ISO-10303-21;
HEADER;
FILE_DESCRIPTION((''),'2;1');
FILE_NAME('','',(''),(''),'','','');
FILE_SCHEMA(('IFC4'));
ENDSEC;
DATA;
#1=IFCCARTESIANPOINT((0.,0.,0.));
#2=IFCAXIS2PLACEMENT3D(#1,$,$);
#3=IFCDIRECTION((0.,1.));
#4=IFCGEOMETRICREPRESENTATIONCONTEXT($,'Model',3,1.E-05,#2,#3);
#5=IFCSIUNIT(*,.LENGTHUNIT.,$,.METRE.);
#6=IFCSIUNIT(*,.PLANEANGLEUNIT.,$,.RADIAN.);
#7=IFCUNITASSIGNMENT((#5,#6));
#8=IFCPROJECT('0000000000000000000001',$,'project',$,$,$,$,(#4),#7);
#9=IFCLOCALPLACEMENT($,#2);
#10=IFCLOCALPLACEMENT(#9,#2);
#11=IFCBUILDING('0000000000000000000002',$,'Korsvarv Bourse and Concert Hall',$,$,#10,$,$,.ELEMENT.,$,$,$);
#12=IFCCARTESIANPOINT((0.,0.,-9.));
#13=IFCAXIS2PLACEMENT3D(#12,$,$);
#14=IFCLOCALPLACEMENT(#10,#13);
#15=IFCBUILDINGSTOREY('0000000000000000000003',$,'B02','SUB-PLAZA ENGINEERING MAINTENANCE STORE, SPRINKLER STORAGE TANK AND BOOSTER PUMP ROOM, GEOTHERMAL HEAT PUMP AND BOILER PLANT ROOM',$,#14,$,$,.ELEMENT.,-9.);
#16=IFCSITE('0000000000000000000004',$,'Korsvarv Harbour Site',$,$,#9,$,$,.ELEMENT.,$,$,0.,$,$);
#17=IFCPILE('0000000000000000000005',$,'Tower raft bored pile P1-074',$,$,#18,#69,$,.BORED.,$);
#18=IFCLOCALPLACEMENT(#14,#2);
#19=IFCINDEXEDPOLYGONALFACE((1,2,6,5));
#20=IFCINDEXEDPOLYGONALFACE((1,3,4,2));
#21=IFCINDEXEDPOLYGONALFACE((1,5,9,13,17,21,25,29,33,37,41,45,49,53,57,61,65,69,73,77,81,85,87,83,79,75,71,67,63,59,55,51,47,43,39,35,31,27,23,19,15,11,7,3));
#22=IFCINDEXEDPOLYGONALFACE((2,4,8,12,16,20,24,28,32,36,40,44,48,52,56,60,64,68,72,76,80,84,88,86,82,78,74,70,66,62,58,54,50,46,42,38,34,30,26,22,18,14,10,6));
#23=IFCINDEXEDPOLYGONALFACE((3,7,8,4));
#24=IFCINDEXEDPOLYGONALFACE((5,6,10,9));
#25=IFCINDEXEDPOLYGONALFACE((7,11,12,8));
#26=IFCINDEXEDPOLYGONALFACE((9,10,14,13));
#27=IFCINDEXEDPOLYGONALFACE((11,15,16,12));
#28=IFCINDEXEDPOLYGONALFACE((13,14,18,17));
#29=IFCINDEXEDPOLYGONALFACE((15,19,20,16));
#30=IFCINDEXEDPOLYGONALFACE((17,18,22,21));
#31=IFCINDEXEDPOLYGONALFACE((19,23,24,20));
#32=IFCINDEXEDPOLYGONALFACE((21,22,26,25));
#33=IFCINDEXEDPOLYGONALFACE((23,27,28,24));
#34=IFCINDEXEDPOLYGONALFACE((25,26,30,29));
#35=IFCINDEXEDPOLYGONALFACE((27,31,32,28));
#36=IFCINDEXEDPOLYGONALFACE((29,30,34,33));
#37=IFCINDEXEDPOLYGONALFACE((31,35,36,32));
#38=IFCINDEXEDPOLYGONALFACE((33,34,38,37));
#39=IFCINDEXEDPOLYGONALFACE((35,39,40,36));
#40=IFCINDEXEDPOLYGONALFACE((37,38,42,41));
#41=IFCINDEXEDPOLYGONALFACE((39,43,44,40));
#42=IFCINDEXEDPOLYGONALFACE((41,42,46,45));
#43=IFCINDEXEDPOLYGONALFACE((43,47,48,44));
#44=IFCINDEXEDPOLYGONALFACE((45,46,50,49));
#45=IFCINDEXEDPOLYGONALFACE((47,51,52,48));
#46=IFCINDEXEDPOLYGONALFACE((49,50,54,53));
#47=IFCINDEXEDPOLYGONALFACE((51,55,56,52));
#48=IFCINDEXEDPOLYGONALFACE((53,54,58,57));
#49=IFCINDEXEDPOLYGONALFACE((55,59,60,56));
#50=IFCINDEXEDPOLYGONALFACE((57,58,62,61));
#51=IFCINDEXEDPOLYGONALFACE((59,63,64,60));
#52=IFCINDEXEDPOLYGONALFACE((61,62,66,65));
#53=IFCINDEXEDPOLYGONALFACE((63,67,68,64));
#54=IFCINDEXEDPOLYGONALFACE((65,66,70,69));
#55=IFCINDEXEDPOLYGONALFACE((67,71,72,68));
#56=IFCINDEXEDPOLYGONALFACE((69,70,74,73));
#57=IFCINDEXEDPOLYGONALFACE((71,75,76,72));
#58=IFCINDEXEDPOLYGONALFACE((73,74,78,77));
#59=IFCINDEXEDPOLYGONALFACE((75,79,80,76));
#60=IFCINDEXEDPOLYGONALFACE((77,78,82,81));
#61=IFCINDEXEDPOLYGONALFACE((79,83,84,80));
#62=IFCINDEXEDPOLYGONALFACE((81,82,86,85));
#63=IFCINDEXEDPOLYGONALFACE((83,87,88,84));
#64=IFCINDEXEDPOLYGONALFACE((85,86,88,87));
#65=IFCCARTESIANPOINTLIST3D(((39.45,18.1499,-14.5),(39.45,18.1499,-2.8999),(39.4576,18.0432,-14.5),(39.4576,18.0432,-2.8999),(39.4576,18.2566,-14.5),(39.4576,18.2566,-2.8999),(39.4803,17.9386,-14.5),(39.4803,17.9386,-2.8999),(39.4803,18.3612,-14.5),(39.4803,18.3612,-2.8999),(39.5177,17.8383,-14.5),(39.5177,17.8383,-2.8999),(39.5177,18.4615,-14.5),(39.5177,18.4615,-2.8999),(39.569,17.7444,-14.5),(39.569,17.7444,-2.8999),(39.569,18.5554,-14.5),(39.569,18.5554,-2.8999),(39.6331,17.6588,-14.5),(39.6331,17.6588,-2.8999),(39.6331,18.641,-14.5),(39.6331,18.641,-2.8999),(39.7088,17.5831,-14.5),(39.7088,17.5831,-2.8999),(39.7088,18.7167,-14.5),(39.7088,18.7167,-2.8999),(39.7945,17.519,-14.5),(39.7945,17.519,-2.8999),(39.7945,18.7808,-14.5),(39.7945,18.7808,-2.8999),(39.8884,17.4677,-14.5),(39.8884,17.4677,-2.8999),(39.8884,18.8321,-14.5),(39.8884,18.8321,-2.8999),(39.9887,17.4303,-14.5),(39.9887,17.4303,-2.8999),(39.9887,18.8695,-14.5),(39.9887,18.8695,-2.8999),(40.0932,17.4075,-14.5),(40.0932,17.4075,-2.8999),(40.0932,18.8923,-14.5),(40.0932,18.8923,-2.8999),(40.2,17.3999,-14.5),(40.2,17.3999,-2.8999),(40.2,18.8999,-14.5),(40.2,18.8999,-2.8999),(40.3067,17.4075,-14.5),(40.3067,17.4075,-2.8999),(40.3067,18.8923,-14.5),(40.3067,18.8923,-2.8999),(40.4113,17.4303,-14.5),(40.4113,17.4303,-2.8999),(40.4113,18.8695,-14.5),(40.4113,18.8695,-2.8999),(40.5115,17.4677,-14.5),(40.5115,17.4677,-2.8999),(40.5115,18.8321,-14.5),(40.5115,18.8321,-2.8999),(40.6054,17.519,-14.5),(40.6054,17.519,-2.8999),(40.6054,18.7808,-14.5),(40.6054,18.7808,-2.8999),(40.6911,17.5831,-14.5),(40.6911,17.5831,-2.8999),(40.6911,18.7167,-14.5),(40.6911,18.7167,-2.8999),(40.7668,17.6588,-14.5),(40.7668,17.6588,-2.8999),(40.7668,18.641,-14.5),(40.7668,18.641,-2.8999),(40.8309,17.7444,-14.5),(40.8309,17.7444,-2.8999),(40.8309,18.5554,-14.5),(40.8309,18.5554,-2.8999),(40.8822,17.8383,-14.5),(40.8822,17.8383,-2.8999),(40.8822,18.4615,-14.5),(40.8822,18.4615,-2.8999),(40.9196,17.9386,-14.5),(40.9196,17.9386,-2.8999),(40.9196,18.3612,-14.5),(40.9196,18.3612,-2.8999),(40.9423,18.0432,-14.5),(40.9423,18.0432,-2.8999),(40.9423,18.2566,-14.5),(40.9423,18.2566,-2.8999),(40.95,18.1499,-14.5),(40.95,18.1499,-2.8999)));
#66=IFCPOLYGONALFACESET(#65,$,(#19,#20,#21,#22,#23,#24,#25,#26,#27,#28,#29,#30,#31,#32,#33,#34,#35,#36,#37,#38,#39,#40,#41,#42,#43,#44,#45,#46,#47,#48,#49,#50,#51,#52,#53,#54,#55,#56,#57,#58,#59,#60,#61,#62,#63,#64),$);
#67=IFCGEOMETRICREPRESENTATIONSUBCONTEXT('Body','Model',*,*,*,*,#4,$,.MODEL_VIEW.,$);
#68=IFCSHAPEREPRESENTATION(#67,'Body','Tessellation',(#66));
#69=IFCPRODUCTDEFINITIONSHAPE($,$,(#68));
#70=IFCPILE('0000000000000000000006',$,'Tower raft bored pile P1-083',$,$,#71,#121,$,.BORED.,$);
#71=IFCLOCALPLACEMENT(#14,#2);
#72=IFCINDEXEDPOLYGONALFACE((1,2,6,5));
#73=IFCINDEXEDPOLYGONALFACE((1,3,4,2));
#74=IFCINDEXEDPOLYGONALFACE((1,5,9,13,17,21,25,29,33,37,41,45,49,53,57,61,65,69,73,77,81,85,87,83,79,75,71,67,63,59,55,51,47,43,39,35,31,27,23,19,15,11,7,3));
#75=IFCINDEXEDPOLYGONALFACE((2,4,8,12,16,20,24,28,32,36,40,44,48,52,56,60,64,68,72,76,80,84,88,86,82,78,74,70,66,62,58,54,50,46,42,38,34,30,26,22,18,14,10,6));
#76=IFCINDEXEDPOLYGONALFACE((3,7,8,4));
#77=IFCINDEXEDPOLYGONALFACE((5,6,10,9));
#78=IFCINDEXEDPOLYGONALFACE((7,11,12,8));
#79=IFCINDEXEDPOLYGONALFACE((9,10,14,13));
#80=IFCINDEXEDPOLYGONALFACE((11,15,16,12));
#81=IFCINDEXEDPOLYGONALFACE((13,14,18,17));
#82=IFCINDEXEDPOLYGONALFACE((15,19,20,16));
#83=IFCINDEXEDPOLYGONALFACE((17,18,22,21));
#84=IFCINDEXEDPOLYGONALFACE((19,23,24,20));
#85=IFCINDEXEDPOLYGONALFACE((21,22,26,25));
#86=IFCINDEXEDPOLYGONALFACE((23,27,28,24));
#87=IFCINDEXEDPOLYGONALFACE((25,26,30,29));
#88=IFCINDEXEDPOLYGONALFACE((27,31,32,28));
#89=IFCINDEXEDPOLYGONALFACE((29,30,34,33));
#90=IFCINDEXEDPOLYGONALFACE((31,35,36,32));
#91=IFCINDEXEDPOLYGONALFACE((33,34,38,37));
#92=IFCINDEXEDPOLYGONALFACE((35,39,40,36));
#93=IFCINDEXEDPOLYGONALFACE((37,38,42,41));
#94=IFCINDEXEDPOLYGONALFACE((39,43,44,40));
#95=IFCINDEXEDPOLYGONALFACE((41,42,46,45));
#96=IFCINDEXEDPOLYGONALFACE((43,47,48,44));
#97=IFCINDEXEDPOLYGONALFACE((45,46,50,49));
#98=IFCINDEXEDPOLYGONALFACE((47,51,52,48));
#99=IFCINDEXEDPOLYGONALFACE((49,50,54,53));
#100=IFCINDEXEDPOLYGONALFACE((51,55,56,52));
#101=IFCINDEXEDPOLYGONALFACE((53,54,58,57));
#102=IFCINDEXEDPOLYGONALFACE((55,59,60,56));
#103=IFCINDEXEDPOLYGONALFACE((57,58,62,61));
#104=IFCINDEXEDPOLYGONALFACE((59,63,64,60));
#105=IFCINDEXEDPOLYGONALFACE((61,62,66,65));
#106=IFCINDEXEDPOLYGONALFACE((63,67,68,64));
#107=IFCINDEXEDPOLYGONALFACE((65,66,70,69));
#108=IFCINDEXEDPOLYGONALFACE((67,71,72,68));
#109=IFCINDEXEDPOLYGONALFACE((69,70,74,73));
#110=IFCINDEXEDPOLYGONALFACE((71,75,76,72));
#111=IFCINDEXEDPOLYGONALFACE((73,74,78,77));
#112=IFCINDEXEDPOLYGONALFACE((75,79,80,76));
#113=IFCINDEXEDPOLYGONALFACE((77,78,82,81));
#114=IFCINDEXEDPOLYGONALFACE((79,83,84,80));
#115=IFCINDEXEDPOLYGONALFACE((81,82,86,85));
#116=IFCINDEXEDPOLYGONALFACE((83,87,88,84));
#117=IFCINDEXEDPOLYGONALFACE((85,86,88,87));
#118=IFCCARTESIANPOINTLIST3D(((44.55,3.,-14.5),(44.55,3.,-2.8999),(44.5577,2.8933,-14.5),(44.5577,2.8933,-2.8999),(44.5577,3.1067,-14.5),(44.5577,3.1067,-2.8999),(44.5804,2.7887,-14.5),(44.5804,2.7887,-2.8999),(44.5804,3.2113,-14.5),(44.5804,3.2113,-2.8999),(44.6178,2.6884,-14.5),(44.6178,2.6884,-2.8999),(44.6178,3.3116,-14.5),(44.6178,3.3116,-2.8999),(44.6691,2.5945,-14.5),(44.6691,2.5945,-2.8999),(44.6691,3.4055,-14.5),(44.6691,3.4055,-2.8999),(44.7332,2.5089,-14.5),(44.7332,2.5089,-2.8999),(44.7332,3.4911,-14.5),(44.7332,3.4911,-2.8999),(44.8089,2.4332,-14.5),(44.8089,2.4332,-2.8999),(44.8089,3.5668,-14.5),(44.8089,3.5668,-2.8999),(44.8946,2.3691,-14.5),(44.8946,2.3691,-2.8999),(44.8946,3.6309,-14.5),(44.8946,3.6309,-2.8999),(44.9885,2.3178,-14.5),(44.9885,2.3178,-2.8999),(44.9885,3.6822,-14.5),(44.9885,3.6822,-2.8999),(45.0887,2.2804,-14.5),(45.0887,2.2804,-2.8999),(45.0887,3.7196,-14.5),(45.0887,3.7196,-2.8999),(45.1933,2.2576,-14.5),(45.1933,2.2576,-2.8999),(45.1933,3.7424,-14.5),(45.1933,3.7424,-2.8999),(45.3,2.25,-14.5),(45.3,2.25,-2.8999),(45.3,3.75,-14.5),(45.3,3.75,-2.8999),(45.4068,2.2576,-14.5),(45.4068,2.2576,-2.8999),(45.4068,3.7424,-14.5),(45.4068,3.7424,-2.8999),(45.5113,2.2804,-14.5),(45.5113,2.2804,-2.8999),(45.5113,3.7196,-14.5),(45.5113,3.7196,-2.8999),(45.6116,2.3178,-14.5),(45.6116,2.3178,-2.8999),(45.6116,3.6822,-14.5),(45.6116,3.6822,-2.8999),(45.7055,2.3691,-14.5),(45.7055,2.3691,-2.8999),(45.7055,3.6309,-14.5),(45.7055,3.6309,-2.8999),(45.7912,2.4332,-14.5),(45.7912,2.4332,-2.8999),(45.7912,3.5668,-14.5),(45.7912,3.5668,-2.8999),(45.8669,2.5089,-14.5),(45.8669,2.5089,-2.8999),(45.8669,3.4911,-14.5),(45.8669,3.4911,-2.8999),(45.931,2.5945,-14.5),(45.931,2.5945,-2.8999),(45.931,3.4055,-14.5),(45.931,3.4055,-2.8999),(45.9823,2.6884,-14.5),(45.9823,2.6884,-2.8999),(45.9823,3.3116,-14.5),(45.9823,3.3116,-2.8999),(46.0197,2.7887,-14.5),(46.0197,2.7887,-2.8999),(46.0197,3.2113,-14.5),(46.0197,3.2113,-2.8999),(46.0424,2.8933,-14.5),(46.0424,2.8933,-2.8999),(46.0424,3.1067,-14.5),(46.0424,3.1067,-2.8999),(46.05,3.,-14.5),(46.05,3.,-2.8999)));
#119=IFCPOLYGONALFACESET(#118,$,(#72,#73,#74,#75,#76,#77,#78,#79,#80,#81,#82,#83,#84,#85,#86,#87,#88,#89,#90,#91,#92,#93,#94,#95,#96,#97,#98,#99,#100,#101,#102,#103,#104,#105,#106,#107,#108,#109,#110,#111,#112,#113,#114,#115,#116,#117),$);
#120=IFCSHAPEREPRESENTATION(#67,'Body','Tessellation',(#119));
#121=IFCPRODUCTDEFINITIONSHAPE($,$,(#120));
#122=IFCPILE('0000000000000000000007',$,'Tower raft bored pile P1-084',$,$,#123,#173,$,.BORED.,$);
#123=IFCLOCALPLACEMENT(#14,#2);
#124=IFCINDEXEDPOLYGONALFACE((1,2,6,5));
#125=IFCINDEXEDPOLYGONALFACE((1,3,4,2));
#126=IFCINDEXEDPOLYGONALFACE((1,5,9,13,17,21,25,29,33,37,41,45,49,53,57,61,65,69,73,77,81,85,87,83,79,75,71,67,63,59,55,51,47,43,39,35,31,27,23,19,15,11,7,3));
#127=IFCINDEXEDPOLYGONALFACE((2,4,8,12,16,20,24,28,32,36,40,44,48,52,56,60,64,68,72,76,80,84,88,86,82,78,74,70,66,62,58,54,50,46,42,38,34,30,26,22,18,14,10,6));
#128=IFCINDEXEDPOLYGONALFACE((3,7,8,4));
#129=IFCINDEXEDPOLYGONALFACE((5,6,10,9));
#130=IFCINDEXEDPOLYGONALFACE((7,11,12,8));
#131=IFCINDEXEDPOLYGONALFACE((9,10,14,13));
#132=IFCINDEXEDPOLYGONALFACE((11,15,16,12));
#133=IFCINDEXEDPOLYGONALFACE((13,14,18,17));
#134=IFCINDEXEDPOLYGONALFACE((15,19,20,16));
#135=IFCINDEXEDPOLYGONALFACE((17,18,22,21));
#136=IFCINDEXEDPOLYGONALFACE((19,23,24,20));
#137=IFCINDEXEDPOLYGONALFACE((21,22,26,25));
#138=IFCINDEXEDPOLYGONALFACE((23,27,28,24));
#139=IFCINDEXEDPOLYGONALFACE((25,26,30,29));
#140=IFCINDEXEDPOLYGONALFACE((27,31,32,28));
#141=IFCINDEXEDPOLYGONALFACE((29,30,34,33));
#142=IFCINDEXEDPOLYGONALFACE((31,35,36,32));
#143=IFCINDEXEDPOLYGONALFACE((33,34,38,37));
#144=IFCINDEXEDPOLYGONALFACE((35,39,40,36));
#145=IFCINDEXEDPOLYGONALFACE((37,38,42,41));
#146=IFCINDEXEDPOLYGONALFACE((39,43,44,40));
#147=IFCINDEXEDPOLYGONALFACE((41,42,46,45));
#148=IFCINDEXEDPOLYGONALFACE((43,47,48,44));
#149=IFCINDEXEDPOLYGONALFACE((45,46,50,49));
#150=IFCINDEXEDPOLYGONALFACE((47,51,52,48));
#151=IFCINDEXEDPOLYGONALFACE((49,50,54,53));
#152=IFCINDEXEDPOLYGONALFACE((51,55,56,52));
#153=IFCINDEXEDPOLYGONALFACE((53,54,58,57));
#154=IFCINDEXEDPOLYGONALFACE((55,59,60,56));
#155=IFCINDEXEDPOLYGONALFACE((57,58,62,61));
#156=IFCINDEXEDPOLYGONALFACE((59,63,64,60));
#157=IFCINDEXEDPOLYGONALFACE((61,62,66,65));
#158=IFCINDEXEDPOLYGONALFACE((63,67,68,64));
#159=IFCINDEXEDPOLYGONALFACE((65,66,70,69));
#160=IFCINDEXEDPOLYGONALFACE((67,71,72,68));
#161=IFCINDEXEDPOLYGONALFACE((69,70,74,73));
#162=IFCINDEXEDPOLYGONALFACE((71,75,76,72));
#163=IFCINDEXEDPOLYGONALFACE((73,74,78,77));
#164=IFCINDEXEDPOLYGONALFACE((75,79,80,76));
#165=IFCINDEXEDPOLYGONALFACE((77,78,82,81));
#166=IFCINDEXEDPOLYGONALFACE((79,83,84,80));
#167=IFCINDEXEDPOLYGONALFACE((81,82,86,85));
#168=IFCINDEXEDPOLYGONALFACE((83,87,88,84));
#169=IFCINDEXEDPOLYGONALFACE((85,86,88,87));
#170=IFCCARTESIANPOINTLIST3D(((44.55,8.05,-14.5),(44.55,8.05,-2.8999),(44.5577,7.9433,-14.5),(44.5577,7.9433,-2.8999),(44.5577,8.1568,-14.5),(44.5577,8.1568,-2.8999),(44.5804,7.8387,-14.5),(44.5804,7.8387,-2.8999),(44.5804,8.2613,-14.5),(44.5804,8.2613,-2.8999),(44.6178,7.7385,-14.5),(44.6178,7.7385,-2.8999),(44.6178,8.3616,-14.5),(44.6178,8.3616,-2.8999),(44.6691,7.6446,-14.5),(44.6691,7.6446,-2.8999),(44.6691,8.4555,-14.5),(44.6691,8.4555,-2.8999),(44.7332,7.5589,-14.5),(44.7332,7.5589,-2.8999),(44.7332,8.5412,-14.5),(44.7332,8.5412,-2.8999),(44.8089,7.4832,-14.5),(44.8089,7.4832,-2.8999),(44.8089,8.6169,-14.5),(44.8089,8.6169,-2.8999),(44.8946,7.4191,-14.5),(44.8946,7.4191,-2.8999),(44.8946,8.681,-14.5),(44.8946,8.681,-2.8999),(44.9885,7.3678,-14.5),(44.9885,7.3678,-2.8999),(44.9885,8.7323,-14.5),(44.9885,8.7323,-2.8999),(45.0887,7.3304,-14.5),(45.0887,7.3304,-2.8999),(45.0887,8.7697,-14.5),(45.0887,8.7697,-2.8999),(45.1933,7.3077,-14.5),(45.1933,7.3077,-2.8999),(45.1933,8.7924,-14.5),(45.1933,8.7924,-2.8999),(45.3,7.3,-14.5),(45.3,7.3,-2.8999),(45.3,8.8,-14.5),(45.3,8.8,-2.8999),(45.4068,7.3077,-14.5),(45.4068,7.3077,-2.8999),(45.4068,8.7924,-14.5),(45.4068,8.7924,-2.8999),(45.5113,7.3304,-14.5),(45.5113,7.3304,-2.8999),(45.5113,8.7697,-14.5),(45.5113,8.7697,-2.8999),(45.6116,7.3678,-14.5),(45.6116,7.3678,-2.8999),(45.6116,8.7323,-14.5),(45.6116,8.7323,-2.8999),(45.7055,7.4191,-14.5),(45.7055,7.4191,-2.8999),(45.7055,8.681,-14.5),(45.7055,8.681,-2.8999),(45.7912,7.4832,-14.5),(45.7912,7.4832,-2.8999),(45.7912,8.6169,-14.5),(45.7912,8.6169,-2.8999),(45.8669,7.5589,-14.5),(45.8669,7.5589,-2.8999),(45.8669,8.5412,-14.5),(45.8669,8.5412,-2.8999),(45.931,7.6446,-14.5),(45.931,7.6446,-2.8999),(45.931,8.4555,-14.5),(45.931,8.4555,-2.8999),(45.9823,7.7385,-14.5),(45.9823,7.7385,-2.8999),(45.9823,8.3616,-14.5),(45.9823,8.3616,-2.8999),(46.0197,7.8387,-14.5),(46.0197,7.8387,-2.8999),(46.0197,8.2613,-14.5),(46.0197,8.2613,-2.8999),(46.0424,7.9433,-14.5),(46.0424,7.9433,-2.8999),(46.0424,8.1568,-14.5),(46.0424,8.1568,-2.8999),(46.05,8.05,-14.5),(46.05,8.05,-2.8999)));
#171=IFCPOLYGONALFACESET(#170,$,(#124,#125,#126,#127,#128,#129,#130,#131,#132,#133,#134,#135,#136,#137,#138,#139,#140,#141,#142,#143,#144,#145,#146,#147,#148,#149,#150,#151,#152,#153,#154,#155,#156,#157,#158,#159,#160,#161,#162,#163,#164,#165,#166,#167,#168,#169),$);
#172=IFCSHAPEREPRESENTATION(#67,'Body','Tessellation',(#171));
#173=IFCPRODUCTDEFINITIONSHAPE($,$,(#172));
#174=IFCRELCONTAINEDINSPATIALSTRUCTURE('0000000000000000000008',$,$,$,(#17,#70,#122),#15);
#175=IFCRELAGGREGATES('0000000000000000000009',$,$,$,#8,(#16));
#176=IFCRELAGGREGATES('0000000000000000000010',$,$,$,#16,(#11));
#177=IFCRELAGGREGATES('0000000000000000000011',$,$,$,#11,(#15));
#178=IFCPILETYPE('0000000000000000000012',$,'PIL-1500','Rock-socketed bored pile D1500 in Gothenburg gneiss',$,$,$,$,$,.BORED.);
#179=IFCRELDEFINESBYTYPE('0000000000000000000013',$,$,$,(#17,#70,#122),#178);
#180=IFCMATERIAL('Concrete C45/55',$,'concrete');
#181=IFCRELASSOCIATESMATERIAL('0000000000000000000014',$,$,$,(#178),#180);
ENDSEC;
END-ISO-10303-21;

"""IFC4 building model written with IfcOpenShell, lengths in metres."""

from ifc_helpers import new_model, si_unit, direction, frame, origin, origin_2d, place, context, subcontext, project, spatial, circle, extrude, source, transform, mapped, material, material_profile, profile_set, type_object, element, save


model = new_model("IFC4")

# Units and contexts
model_context = context("Model", 3, precision=1e-05, world=origin(), true_north=direction((0.0, 1.0)))
body_context = subcontext(model_context, "Body", "Model", "MODEL_VIEW")
ifc_project = project(units=[si_unit("LENGTHUNIT", "METRE"), si_unit("PLANEANGLEUNIT", "RADIAN")], contexts=[model_context])

# Site, building, storey
site_placement = place(None, origin())
site = spatial("IfcSite", under=ifc_project, at=site_placement, Name="Korsvarv Harbour Site", CompositionType="ELEMENT", RefElevation=0.0)
building_placement = place(site_placement, origin())
building = spatial("IfcBuilding", under=site, at=building_placement, Name="Korsvarv Bourse and Concert Hall", CompositionType="ELEMENT")
storey_placement = place(building_placement, frame((0.0, 0.0, -9.0)))
storey = spatial("IfcBuildingStorey", under=building, at=storey_placement, Name="B02", Description="SUB-PLAZA ENGINEERING MAINTENANCE STORE, SPRINKLER STORAGE TANK AND BOOSTER PUMP ROOM, GEOTHERMAL HEAT PUMP AND BOILER PLANT ROOM", CompositionType="ELEMENT", Elevation=-9.0)

# Piles
ifc_material_1 = material(Name="Concrete C45/55", Category="concrete")
ifc_material_profile_1 = material_profile(ifc_material_1, circle(Radius=0.75, at=origin_2d()), Name="PILE D1500")
ifc_profile_set_1 = profile_set([ifc_material_profile_1], Name="Concrete C45/55")
pile_type = type_object("IfcPileType", Name="PIL-1500", Description="Rock-socketed bored pile D1500 in Gothenburg gneiss", PredefinedType="BORED", material=ifc_profile_set_1)
shared_shape_1 = source(origin(), body_context, "Body", "SweptSolid", [
    extrude(circle(Radius=0.75, at=origin_2d()), origin(), (0.0, 0.0, 1.0), 11.6001),
])
for number, where, z_axis, x_axis, name in (
    (1, (40.2, 18.1499, -2.8999), (0.0, 0.0, -1.0), (1.0, 0.0, 0.0), "Tower raft bored pile P1-074"),
    (2, (45.3, 3.0, -2.8999), (0.0, 0.0, -1.0), (1.0, 0.0, 0.0), "Tower raft bored pile P1-083"),
    (3, (45.3, 8.05, -2.8999), (0.0, 0.0, -1.0), (1.0, 0.0, 0.0), "Tower raft bored pile P1-084"),
):
    element("IfcPile", number, at=place(storey_placement, frame(where, z_axis=z_axis, x_axis=x_axis)), inside=storey, type_object=pile_type, Name=name, PredefinedType="BORED", context=body_context, shape_type="MappedRepresentation", body=[
        mapped(shared_shape_1, transform((0.0, 0.0, 0.0), scale=1.0)),
    ])

save(model, "model.ifc")
